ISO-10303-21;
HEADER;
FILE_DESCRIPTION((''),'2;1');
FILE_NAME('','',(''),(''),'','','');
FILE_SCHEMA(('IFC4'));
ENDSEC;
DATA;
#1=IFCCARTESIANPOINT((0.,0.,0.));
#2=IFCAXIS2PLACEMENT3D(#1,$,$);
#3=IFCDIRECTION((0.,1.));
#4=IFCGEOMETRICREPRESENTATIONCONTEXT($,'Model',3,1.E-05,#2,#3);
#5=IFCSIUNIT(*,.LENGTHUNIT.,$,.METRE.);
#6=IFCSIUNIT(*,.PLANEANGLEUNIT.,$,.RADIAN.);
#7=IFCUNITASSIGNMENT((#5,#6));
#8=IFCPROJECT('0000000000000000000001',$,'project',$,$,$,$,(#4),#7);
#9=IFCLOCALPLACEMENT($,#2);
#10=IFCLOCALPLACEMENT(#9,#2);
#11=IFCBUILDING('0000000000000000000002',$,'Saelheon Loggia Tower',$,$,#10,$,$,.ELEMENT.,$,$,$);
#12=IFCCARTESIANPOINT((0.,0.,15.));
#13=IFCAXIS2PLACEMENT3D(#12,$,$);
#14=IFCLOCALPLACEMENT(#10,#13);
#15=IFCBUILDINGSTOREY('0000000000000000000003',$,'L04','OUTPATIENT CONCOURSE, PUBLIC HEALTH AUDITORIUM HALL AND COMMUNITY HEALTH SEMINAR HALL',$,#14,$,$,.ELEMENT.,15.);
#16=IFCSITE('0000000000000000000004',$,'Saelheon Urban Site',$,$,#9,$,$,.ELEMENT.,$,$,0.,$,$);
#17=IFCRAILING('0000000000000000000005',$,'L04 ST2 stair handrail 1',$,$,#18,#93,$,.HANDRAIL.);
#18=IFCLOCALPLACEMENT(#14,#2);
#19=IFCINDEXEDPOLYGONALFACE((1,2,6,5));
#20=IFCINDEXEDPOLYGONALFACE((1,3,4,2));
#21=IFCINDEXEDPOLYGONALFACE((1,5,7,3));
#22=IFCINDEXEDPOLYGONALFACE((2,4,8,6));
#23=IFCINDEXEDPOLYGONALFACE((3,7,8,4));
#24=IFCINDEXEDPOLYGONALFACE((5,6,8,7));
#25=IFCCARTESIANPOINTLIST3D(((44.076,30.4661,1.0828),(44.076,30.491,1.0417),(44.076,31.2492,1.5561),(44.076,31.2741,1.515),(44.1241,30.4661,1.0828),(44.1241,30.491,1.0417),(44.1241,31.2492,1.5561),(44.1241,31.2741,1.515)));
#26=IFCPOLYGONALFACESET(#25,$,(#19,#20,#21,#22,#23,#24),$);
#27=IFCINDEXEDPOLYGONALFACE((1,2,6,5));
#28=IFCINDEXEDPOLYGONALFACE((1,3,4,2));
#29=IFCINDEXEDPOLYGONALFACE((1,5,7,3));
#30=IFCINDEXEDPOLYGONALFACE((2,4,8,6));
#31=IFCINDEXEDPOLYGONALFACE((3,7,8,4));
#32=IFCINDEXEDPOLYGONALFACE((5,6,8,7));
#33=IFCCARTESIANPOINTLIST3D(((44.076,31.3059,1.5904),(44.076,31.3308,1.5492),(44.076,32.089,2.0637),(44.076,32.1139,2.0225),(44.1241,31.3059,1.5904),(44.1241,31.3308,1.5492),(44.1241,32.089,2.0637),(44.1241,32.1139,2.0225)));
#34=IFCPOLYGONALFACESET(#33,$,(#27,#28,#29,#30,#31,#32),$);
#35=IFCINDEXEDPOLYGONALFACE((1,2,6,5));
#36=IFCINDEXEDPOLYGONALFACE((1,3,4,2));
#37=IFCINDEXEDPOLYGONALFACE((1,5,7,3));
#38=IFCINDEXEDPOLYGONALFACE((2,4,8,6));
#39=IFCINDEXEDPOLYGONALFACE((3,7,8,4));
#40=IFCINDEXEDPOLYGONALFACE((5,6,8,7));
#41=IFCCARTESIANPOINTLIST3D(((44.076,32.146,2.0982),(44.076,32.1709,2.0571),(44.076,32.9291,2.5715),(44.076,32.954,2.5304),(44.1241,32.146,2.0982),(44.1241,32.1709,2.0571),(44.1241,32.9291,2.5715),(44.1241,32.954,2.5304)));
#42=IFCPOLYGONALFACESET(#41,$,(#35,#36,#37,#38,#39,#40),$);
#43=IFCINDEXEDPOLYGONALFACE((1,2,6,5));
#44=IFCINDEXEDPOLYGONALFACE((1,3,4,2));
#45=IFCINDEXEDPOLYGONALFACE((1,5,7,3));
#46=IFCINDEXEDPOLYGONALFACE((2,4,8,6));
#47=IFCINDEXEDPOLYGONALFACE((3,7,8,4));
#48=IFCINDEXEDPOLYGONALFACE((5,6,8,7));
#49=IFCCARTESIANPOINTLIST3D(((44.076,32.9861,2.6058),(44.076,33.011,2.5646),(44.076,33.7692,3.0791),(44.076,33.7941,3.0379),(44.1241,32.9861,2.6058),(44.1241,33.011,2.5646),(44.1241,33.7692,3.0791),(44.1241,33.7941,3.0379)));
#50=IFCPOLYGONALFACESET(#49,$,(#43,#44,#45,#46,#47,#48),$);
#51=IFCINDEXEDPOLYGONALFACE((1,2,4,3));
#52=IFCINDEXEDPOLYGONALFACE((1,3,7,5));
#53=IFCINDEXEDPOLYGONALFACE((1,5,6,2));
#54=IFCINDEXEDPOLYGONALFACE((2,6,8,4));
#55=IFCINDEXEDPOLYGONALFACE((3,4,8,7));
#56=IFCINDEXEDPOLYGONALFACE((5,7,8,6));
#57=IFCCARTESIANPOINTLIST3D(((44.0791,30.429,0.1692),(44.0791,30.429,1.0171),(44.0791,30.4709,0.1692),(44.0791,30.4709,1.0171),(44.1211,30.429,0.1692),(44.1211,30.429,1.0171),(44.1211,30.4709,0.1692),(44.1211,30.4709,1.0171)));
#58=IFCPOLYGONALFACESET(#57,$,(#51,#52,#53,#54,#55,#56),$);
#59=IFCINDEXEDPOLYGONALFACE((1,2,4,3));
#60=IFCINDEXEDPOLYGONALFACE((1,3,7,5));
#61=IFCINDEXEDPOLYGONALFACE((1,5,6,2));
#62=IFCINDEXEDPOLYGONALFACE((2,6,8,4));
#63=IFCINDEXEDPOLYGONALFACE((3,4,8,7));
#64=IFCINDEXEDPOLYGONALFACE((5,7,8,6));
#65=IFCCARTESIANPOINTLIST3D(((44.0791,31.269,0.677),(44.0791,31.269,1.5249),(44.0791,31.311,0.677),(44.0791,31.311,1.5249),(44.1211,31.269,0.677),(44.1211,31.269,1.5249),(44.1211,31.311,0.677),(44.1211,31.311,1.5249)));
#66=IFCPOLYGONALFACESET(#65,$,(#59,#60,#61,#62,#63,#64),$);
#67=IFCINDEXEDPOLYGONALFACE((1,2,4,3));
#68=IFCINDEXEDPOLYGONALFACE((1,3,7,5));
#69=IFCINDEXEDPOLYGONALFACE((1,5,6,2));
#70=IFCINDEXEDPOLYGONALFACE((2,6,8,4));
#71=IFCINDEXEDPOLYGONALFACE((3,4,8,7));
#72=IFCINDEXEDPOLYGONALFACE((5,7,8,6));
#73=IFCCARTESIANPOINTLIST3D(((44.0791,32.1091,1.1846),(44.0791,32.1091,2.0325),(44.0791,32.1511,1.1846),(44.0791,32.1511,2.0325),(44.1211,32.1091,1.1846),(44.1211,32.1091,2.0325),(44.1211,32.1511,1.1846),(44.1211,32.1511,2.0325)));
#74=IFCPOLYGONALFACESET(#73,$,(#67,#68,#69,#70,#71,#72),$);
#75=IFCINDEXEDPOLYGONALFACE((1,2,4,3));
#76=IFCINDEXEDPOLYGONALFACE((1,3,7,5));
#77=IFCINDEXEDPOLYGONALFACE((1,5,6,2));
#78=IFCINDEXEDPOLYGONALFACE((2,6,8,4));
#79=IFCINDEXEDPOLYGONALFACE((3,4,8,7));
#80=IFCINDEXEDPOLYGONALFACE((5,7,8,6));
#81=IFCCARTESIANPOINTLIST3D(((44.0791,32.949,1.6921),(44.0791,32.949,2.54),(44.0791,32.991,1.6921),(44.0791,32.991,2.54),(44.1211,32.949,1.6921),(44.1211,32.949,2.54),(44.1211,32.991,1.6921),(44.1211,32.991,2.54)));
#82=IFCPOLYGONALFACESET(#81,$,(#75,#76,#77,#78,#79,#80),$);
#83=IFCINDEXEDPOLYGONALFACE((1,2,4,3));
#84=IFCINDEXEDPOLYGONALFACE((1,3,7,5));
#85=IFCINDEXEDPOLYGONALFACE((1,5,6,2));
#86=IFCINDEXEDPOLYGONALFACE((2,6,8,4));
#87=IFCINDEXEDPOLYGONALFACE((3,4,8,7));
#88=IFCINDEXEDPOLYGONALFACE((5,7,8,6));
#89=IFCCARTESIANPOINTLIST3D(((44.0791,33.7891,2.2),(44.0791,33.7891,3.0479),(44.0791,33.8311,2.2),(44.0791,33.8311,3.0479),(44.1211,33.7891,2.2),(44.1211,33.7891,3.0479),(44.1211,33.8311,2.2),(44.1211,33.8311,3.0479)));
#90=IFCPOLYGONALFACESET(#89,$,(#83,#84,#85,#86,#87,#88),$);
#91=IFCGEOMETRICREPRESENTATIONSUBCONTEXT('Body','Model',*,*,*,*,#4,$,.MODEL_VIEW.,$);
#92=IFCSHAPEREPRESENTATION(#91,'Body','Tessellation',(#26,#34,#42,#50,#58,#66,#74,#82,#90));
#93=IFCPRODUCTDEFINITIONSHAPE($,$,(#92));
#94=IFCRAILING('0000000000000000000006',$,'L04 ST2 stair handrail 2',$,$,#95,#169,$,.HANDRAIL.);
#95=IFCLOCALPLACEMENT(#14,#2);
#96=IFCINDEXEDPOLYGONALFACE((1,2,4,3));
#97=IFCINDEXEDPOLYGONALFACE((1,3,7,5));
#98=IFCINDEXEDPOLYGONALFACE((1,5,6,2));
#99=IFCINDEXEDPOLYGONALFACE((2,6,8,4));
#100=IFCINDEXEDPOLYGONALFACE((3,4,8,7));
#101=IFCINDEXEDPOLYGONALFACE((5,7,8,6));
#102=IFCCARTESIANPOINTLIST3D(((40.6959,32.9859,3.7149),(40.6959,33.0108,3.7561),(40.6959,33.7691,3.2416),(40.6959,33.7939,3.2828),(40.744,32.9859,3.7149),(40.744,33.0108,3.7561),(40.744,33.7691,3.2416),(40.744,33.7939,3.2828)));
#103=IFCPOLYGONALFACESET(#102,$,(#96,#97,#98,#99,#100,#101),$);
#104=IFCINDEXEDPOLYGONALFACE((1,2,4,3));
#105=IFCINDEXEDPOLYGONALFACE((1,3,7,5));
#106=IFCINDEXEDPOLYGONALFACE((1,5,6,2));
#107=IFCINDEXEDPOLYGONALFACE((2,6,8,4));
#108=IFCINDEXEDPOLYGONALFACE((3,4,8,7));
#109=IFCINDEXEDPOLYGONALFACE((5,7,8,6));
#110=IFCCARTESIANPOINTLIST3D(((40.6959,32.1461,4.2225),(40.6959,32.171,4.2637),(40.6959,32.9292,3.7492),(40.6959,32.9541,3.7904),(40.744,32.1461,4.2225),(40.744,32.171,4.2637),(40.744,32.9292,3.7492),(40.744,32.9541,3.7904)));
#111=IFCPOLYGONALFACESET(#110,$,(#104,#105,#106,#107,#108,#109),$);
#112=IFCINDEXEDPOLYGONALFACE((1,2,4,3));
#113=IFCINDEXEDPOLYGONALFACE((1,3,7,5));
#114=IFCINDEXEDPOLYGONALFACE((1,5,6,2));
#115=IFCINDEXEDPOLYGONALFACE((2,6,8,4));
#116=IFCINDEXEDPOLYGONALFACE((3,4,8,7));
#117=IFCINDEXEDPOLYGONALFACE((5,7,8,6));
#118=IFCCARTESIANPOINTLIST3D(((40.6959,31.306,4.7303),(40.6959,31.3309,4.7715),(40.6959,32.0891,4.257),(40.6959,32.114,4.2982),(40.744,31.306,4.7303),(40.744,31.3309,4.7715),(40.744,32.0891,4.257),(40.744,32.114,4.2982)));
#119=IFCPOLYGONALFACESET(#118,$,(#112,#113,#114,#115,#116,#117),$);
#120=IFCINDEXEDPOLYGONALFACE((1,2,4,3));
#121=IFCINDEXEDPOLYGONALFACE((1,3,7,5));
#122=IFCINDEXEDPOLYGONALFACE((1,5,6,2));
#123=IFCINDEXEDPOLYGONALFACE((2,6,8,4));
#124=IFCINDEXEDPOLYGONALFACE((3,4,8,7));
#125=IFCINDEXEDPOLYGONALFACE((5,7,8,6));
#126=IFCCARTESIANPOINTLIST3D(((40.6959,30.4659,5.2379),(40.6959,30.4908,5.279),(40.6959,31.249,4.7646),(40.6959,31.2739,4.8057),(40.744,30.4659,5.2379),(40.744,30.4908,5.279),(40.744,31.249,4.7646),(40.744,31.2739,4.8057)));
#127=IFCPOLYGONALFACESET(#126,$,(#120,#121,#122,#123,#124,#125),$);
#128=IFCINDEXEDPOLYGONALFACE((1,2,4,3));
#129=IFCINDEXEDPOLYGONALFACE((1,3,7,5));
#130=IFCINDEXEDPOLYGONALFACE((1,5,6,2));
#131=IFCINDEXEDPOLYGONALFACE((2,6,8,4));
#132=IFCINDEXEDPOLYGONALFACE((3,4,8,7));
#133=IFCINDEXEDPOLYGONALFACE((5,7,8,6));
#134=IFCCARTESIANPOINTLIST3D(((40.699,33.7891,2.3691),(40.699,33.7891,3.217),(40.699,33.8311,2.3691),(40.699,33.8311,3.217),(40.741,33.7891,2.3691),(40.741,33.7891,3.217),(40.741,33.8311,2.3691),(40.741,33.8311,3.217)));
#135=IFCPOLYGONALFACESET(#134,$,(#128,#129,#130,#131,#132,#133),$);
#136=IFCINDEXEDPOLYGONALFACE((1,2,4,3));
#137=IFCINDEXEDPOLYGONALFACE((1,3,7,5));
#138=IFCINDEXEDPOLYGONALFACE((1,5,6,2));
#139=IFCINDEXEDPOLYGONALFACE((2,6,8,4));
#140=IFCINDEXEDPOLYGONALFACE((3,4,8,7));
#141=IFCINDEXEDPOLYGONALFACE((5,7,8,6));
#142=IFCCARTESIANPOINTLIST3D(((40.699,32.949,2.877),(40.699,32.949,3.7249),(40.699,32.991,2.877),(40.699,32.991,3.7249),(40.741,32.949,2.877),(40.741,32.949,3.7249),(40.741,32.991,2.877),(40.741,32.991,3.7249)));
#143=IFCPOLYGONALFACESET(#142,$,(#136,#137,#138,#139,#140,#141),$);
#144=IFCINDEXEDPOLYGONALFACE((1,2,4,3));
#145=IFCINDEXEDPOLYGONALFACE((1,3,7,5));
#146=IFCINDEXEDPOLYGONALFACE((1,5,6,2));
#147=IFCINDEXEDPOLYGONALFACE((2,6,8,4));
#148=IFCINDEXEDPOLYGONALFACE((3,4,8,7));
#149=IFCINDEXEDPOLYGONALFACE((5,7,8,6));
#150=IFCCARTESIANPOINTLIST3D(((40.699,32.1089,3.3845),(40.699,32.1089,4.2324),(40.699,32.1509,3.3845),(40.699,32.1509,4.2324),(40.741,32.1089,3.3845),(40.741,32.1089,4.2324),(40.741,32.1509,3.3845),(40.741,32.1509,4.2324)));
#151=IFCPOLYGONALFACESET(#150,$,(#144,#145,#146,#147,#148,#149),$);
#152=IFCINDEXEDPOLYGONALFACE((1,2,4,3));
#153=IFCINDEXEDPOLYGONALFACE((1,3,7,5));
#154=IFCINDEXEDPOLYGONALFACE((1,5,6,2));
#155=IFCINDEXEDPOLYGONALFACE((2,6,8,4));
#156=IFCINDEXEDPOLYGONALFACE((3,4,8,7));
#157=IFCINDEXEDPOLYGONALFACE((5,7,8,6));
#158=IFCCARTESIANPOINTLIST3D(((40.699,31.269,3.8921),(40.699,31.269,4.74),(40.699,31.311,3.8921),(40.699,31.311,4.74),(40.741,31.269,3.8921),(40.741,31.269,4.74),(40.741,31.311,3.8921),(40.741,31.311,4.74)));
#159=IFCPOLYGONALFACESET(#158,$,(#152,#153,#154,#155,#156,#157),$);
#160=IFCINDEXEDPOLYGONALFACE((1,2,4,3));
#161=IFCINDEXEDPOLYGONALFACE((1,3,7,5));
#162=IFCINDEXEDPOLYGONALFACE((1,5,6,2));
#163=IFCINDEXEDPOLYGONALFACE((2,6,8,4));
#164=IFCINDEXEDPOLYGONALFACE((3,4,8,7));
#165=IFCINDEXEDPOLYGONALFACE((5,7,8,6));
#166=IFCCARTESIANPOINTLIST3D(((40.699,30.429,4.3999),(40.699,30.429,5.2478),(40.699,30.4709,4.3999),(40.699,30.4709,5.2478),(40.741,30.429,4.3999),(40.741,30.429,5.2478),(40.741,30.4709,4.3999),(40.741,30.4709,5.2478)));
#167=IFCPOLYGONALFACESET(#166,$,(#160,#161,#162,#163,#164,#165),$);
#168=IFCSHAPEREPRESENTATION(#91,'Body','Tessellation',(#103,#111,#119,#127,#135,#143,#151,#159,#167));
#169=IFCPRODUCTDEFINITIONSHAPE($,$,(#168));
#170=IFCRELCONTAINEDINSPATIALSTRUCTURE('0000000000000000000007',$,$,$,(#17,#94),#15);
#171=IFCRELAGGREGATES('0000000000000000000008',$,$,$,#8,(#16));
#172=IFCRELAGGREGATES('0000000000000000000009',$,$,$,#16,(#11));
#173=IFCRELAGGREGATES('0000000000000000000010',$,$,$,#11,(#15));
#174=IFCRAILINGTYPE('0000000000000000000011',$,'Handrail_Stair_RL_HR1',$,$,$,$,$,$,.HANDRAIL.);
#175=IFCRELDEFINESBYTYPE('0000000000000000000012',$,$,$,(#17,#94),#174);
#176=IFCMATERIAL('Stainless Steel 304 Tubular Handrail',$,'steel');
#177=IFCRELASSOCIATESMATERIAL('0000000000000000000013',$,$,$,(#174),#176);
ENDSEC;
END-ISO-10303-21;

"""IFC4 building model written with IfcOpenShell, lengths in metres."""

from ifc_helpers import new_model, si_unit, direction, frame, origin, origin_2d, place, context, subcontext, project, spatial, rectangle, extrude, material, type_object, element, save


model = new_model("IFC4")

# Units and contexts
model_context = context("Model", 3, precision=1e-05, world=origin(), true_north=direction((0.0, 1.0)))
body_context = subcontext(model_context, "Body", "Model", "MODEL_VIEW")
ifc_project = project(units=[si_unit("LENGTHUNIT", "METRE"), si_unit("PLANEANGLEUNIT", "RADIAN")], contexts=[model_context])

# Site, building, storey
site_placement = place(None, origin())
site = spatial("IfcSite", under=ifc_project, at=site_placement, Name="Saelheon Urban Site", CompositionType="ELEMENT", RefElevation=0.0)
building_placement = place(site_placement, origin())
building = spatial("IfcBuilding", under=site, at=building_placement, Name="Saelheon Loggia Tower", CompositionType="ELEMENT")
storey_placement = place(building_placement, frame((0.0, 0.0, 15.0)))
storey = spatial("IfcBuildingStorey", under=building, at=storey_placement, Name="L04", Description="OUTPATIENT CONCOURSE, PUBLIC HEALTH AUDITORIUM HALL AND COMMUNITY HEALTH SEMINAR HALL", CompositionType="ELEMENT", Elevation=15.0)

# Railings
ifc_material_1 = material(Name="Stainless Steel 304 Tubular Handrail", Category="steel")
railing_type_1 = type_object("IfcRailingType", Name="Handrail_Stair_RL_HR1", PredefinedType="HANDRAIL", material=ifc_material_1)
railing_1_placement = place(storey_placement, frame((44.1001, 30.45, 0.1692)))
element("IfcRailing", 1, at=railing_1_placement, inside=storey, type_object=railing_type_1, Name="L04 ST2 stair handrail 1", PredefinedType="HANDRAIL", context=body_context, shape_type="SweptSolid", body=[
    extrude(rectangle(XDim=0.0481, YDim=0.0481, at=origin_2d()), frame((0.0, 0.0286, 0.8931), z_axis=(0.0, 0.855837, 0.517246), x_axis=(-1.0, 0.0, 0.0)), (0.0, 0.0, 1.0), 0.915),
    extrude(rectangle(XDim=0.0481, YDim=0.0481, at=origin_2d()), frame((0.0, 0.8684, 1.4006), z_axis=(0.0, 0.855837, 0.517246), x_axis=(-1.0, 0.0, 0.0)), (0.0, 0.0, 1.0), 0.915),
    extrude(rectangle(XDim=0.0481, YDim=0.0481, at=origin_2d()), frame((0.0, 1.7085, 1.9084), z_axis=(0.0, 0.855837, 0.517246), x_axis=(-1.0, 0.0, 0.0)), (0.0, 0.0, 1.0), 0.915),
    extrude(rectangle(XDim=0.0481, YDim=0.0481, at=origin_2d()), frame((0.0, 2.5486, 2.416), z_axis=(0.0, 0.855837, 0.517246), x_axis=(-1.0, 0.0, 0.0)), (0.0, 0.0, 1.0), 0.915),
    extrude(rectangle(XDim=0.042, YDim=0.042, at=origin_2d()), origin(), (0.0, 0.0, 1.0), 0.8479),
    extrude(rectangle(XDim=0.042, YDim=0.042, at=origin_2d()), frame((0.0, 0.8401, 0.5078)), (0.0, 0.0, 1.0), 0.8479),
    extrude(rectangle(XDim=0.042, YDim=0.042, at=origin_2d()), frame((0.0, 1.6802, 1.0154)), (0.0, 0.0, 1.0), 0.8479),
    extrude(rectangle(XDim=0.042, YDim=0.042, at=origin_2d()), frame((0.0, 2.52, 1.5229)), (0.0, 0.0, 1.0), 0.8479),
    extrude(rectangle(XDim=0.042, YDim=0.042, at=origin_2d()), frame((0.0, 3.3601, 2.0308)), (0.0, 0.0, 1.0), 0.8479),
])
railing_2_placement = place(storey_placement, frame((40.72, 33.8101, 2.3691)))
element("IfcRailing", 2, at=railing_2_placement, inside=storey, type_object=railing_type_1, Name="L04 ST2 stair handrail 2", PredefinedType="HANDRAIL", context=body_context, shape_type="SweptSolid", body=[
    extrude(rectangle(XDim=0.0481, YDim=0.0481, at=origin_2d()), frame((0.0, -0.0286, 0.8931), z_axis=(0.0, -0.855837, 0.517246), x_axis=(1.0, 0.0, 0.0)), (0.0, 0.0, 1.0), 0.915),
    extrude(rectangle(XDim=0.0481, YDim=0.0481, at=origin_2d()), frame((0.0, -0.8684, 1.4006), z_axis=(0.0, -0.855837, 0.517246), x_axis=(1.0, 0.0, 0.0)), (0.0, 0.0, 1.0), 0.915),
    extrude(rectangle(XDim=0.0481, YDim=0.0481, at=origin_2d()), frame((0.0, -1.7085, 1.9084), z_axis=(0.0, -0.855837, 0.517246), x_axis=(1.0, 0.0, 0.0)), (0.0, 0.0, 1.0), 0.915),
    extrude(rectangle(XDim=0.0481, YDim=0.0481, at=origin_2d()), frame((0.0, -2.5486, 2.416), z_axis=(0.0, -0.855837, 0.517246), x_axis=(1.0, 0.0, 0.0)), (0.0, 0.0, 1.0), 0.915),
    extrude(rectangle(XDim=0.042, YDim=0.042, at=origin_2d()), origin(), (0.0, 0.0, 1.0), 0.8479),
    extrude(rectangle(XDim=0.042, YDim=0.042, at=origin_2d()), frame((0.0, -0.8401, 0.5078)), (0.0, 0.0, 1.0), 0.8479),
    extrude(rectangle(XDim=0.042, YDim=0.042, at=origin_2d()), frame((0.0, -1.6802, 1.0154)), (0.0, 0.0, 1.0), 0.8479),
    extrude(rectangle(XDim=0.042, YDim=0.042, at=origin_2d()), frame((0.0, -2.52, 1.5229)), (0.0, 0.0, 1.0), 0.8479),
    extrude(rectangle(XDim=0.042, YDim=0.042, at=origin_2d()), frame((0.0, -3.3601, 2.0308)), (0.0, 0.0, 1.0), 0.8479),
])

save(model, "model.ifc")
